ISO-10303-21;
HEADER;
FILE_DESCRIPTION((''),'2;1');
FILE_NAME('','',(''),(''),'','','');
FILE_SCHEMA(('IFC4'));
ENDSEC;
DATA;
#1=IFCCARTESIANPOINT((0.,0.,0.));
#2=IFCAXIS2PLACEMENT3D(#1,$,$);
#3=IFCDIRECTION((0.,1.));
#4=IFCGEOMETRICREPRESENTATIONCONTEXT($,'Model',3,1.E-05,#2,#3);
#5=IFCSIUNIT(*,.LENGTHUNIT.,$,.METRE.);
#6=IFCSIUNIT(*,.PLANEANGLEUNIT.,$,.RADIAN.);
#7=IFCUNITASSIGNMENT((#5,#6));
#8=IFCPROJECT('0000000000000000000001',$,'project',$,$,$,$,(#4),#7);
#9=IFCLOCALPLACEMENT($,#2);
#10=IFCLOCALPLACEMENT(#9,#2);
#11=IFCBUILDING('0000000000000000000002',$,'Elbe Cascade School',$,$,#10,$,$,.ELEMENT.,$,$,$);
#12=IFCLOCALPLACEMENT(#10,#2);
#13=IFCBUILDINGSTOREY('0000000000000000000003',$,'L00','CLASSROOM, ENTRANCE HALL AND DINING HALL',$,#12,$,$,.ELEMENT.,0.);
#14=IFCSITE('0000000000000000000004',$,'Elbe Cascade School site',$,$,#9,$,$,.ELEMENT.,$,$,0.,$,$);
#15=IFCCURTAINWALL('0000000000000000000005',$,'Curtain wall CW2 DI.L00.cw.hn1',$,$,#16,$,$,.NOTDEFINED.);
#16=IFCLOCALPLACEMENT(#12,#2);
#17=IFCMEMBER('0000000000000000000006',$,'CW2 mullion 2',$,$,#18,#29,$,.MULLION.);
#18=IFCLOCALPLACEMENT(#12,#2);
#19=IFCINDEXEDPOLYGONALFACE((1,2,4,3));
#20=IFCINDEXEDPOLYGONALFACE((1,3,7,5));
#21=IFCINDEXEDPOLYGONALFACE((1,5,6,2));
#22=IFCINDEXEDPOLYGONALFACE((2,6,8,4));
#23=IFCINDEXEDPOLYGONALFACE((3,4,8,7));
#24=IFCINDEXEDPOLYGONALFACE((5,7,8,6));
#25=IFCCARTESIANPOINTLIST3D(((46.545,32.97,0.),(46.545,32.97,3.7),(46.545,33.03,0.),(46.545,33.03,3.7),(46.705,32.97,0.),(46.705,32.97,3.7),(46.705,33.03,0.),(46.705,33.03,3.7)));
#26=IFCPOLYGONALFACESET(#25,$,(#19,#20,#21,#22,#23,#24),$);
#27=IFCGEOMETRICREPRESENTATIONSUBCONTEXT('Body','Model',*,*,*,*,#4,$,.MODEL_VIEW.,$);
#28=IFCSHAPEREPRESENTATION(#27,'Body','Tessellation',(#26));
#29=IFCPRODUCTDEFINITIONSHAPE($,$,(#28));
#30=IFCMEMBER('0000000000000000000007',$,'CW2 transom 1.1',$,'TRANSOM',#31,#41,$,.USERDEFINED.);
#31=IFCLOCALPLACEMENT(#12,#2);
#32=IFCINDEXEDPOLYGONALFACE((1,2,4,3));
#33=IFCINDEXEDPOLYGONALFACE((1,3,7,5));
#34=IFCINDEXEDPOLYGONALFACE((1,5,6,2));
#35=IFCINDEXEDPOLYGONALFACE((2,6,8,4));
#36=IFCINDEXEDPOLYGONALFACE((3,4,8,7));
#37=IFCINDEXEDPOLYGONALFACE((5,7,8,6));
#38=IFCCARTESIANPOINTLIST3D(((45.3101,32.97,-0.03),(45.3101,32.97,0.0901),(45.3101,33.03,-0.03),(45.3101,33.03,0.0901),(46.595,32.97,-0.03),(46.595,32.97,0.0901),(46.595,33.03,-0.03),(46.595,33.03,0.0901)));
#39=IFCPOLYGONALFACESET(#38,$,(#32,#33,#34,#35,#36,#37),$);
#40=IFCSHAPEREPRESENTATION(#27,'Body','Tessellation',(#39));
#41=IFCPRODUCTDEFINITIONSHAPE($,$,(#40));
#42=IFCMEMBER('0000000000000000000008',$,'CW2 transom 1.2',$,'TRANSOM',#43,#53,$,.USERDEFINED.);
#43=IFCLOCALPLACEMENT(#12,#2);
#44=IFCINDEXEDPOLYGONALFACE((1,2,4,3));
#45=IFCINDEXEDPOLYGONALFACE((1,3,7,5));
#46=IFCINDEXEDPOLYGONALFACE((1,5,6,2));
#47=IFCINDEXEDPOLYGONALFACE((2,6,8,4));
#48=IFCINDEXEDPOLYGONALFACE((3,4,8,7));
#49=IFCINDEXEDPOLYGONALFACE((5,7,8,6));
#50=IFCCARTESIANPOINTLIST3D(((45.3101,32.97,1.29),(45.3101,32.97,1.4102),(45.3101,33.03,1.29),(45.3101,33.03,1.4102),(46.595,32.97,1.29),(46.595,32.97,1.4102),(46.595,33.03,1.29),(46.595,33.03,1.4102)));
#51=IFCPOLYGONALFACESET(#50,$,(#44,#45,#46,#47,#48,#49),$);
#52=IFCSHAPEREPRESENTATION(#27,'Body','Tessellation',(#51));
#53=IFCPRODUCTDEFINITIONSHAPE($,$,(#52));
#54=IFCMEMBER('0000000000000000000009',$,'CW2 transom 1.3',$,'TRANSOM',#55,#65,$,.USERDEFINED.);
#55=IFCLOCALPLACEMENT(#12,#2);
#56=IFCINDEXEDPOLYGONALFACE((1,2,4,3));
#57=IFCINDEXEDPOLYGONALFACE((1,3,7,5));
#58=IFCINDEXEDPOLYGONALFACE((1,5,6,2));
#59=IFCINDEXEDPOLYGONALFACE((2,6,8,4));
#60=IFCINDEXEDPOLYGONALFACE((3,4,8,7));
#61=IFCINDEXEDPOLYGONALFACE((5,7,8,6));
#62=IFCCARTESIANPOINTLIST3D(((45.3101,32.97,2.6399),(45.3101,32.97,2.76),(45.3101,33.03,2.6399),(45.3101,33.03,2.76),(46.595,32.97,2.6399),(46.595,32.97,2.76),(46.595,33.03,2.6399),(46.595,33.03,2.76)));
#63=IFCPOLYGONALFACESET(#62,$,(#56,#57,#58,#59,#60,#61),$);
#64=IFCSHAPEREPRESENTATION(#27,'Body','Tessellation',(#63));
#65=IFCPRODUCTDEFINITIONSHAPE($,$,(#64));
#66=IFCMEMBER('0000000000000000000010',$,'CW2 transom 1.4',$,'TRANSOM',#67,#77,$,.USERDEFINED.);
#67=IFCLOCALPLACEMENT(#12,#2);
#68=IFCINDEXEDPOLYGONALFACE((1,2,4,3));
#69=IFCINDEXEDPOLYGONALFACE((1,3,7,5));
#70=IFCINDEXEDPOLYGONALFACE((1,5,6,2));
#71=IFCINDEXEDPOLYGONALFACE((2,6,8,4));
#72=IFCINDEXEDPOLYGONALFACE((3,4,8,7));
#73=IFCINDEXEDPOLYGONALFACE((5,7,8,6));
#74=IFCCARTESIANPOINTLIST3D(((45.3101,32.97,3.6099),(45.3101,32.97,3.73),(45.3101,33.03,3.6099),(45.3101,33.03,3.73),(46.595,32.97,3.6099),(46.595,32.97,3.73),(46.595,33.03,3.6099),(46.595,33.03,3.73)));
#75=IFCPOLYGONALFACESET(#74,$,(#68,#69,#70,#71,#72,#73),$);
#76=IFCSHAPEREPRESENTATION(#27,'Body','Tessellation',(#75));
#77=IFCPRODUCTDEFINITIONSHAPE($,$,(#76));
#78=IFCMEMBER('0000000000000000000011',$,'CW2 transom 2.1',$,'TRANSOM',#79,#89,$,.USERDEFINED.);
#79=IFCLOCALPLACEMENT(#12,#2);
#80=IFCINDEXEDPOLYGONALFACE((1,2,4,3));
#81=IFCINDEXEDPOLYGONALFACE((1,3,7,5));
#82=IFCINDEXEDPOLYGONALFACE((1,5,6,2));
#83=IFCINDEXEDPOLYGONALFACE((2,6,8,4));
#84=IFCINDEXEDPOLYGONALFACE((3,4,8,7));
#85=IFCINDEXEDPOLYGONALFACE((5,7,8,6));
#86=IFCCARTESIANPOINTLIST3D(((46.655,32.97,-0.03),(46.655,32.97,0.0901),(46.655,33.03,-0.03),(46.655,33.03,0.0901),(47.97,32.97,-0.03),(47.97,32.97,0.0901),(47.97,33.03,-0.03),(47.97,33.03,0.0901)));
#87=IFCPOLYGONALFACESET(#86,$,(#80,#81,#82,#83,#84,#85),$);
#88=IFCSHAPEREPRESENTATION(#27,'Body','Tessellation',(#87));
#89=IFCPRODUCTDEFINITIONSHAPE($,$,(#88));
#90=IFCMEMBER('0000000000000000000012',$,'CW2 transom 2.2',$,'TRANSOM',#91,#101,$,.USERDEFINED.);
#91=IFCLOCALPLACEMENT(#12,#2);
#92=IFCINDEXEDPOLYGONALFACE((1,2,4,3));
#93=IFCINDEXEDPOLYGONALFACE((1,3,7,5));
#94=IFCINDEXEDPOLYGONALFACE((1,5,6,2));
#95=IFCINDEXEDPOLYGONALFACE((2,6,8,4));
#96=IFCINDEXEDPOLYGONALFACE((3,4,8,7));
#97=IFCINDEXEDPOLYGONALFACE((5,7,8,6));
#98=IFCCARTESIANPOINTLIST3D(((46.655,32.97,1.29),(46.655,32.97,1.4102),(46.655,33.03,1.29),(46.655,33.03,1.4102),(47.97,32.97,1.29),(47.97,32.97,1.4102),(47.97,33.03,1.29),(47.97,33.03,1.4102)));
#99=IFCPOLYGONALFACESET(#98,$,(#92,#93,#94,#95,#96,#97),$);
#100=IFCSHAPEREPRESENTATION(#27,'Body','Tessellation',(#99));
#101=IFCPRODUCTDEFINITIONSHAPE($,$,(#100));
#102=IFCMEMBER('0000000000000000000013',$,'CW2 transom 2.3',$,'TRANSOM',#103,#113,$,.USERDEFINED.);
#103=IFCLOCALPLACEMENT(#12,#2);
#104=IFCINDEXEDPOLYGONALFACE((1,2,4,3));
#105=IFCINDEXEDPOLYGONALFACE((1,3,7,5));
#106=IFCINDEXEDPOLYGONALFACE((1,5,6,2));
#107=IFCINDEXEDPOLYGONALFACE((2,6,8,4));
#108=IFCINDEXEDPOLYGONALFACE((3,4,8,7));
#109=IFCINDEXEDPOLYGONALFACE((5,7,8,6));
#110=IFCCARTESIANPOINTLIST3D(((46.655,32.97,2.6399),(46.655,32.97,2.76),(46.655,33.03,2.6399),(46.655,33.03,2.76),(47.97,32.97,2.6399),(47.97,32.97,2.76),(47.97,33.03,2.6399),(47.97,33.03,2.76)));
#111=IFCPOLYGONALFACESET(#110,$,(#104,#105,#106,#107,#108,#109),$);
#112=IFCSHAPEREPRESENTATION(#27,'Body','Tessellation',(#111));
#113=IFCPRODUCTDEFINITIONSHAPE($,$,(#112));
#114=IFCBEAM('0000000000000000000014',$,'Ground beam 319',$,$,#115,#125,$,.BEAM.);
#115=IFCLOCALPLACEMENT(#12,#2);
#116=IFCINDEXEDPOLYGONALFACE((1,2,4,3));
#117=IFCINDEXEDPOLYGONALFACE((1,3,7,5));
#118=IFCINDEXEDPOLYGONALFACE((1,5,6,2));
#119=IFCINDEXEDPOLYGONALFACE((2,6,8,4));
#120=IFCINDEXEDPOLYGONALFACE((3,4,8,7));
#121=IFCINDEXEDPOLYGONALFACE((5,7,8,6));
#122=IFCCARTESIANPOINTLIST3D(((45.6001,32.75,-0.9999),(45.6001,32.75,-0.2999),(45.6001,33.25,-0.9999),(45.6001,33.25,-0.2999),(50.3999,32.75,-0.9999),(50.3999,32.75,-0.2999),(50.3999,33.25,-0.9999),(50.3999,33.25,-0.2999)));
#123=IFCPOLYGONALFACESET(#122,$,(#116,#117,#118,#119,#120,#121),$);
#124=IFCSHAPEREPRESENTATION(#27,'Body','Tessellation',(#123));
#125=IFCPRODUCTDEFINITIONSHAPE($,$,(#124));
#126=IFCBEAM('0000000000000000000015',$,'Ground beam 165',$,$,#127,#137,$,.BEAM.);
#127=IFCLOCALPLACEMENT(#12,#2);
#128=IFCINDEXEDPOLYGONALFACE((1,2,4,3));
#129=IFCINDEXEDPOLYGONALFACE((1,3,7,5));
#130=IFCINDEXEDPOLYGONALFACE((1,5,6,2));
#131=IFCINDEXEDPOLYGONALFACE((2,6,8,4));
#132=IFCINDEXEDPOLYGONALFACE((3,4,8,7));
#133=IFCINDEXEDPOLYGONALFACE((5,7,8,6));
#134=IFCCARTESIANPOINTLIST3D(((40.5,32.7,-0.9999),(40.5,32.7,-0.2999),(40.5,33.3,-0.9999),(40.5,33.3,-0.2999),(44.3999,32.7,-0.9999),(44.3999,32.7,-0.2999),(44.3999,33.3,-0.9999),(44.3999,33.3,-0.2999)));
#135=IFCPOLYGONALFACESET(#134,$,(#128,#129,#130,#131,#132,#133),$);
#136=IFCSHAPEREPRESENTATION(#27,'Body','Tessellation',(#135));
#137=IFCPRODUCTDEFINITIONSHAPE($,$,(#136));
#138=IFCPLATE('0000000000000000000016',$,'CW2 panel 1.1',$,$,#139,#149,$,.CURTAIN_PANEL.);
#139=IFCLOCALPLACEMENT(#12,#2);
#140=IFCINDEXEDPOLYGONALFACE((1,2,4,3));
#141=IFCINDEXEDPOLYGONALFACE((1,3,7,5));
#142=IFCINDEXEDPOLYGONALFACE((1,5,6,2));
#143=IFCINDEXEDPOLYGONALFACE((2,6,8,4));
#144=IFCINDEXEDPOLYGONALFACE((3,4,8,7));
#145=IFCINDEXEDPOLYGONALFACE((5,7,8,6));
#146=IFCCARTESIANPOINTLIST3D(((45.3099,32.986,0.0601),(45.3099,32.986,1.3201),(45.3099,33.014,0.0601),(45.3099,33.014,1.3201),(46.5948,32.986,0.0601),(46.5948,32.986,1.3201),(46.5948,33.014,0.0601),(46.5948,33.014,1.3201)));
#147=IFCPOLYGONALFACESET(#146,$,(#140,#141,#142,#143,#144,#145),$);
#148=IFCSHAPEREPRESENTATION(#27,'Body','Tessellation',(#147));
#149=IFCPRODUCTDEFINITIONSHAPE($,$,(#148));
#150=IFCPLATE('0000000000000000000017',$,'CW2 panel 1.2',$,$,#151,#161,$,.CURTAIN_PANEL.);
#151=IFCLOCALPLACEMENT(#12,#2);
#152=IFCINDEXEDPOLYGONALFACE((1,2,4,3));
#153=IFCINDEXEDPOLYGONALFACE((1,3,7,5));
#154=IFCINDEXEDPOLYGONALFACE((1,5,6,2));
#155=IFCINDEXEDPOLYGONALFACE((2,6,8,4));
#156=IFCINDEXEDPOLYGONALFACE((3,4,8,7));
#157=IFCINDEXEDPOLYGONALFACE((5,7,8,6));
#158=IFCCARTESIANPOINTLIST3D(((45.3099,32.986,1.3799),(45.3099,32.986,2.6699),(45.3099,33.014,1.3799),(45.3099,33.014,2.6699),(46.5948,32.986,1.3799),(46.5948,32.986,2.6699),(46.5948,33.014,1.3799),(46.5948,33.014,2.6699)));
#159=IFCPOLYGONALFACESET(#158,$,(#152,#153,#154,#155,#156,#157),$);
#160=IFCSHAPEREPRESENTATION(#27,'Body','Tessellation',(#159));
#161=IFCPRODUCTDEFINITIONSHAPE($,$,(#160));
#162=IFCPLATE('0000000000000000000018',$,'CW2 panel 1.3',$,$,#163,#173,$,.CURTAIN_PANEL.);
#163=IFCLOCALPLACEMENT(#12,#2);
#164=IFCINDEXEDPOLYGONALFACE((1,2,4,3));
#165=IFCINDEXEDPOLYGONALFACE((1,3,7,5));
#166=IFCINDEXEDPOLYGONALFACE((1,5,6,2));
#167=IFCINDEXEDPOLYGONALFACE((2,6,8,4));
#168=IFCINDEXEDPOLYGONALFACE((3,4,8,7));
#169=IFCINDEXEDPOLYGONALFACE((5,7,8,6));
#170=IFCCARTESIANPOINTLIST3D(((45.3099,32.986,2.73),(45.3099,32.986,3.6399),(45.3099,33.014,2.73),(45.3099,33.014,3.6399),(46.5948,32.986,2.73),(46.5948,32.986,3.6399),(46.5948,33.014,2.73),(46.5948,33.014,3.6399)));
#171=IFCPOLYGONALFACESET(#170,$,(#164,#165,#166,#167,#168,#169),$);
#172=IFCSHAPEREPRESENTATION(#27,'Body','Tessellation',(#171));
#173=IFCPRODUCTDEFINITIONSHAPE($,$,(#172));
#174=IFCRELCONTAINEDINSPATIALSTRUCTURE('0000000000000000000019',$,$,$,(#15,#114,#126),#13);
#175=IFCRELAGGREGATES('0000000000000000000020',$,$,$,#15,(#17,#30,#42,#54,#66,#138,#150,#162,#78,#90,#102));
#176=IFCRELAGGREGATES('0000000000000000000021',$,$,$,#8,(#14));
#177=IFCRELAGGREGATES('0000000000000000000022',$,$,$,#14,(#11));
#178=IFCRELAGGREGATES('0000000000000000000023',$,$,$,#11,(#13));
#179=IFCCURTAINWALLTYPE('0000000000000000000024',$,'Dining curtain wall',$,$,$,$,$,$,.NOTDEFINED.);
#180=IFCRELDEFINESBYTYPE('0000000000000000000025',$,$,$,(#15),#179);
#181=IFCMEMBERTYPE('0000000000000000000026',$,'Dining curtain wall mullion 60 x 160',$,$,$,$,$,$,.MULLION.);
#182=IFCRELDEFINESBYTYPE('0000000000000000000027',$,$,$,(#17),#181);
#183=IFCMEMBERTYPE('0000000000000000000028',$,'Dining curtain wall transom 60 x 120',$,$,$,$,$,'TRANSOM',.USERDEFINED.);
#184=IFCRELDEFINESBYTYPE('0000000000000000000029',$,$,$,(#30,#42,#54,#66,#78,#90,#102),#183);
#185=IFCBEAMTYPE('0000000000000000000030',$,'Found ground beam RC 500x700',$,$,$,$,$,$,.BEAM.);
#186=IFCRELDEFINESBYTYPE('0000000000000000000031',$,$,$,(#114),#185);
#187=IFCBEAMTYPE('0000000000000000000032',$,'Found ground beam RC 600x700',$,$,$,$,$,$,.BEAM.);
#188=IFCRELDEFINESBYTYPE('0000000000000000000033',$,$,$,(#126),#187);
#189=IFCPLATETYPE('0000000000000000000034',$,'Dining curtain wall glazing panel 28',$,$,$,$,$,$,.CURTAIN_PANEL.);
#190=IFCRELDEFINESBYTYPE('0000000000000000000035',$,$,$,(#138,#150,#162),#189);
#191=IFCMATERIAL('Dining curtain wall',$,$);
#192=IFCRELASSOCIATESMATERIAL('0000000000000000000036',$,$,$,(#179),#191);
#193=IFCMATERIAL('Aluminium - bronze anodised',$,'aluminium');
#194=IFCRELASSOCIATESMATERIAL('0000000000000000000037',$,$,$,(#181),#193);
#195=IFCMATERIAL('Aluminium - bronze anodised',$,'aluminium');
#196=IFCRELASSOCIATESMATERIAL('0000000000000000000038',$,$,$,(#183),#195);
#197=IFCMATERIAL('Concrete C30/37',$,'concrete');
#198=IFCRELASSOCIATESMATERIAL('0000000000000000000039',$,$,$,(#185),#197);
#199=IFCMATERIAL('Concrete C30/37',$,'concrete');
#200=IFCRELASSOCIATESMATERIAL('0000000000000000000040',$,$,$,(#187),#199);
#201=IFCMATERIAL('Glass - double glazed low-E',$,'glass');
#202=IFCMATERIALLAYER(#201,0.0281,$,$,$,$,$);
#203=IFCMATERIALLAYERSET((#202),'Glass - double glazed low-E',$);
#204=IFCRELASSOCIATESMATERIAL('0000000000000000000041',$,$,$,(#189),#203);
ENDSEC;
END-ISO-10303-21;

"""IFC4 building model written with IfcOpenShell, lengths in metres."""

from ifc_helpers import new_model, si_unit, direction, frame, origin, origin_2d, place, context, subcontext, project, spatial, rectangle, extrude, material, layer, layer_set, material_profile, profile_set, type_object, element, aggregate, save


model = new_model("IFC4")

# Units and contexts
model_context = context("Model", 3, precision=1e-05, world=origin(), true_north=direction((0.0, 1.0)))
body_context = subcontext(model_context, "Body", "Model", "MODEL_VIEW")
ifc_project = project(units=[si_unit("LENGTHUNIT", "METRE"), si_unit("PLANEANGLEUNIT", "RADIAN")], contexts=[model_context])

# Site, building, storey
site_placement = place(None, origin())
site = spatial("IfcSite", under=ifc_project, at=site_placement, Name="Elbe Cascade School site", CompositionType="ELEMENT", RefElevation=0.0)
building_placement = place(site_placement, origin())
building = spatial("IfcBuilding", under=site, at=building_placement, Name="Elbe Cascade School", CompositionType="ELEMENT")
storey_placement = place(building_placement, origin())
storey = spatial("IfcBuildingStorey", under=building, at=storey_placement, Name="L00", Description="CLASSROOM, ENTRANCE HALL AND DINING HALL", CompositionType="ELEMENT", Elevation=0.0)

# Curtain wall, members
ifc_material_1 = material(Name="Dining curtain wall")
curtain_wall_type = type_object("IfcCurtainWallType", Name="Dining curtain wall", PredefinedType="NOTDEFINED", material=ifc_material_1)
curtain_wall_placement = place(storey_placement, origin())
curtain_wall = element("IfcCurtainWall", 1, at=curtain_wall_placement, inside=storey, type_object=curtain_wall_type, Name="Curtain wall CW2 DI.L00.cw.hn1", PredefinedType="NOTDEFINED")
ifc_material_2 = material(Name="Aluminium - bronze anodised", Category="aluminium")
ifc_material_profile_1 = material_profile(ifc_material_2, rectangle(XDim=0.0601, YDim=0.1599, at=origin_2d()), Name="RECT 60x160")
ifc_profile_set_1 = profile_set([ifc_material_profile_1], Name="Aluminium - bronze anodised")
member_type_1 = type_object("IfcMemberType", Name="Dining curtain wall mullion 60 x 160", PredefinedType="MULLION", material=ifc_profile_set_1)
member_1_placement = place(storey_placement, frame((46.625, 33.0, 0.0), z_axis=(0.0, 0.0, 1.0), x_axis=(0.0, 1.0, 0.0)))
member_1 = element("IfcMember", 2, at=member_1_placement, type_object=member_type_1, Name="CW2 mullion 2", PredefinedType="MULLION", context=body_context, shape_type="SweptSolid", body=[
    extrude(rectangle(XDim=0.0601, YDim=0.1599, at=origin_2d()), origin(), (0.0, 0.0, 1.0), 3.7),
])
ifc_material_3 = material(Name="Aluminium - bronze anodised", Category="aluminium")
ifc_material_profile_2 = material_profile(ifc_material_3, rectangle(XDim=0.0601, YDim=0.1201, at=origin_2d()), Name="RECT 60x120")
ifc_profile_set_2 = profile_set([ifc_material_profile_2], Name="Aluminium - bronze anodised")
member_type_2 = type_object("IfcMemberType", Name="Dining curtain wall transom 60 x 120", ElementType="TRANSOM", PredefinedType="USERDEFINED", material=ifc_profile_set_2)
member_2_placement = place(storey_placement, frame((45.3101, 33.0, 0.03), z_axis=(1.0, 0.0, 0.0), x_axis=(0.0, 1.0, 0.0)))
member_2 = element("IfcMember", 3, at=member_2_placement, type_object=member_type_2, Name="CW2 transom 1.1", ObjectType="TRANSOM", PredefinedType="USERDEFINED", context=body_context, shape_type="SweptSolid", body=[
    extrude(rectangle(XDim=0.0601, YDim=0.1201, at=origin_2d()), origin(), (0.0, 0.0, 1.0), 1.2849),
])
member_3_placement = place(storey_placement, frame((45.3101, 33.0, 1.3501), z_axis=(1.0, 0.0, 0.0), x_axis=(0.0, 1.0, 0.0)))
member_3 = element("IfcMember", 4, at=member_3_placement, type_object=member_type_2, Name="CW2 transom 1.2", ObjectType="TRANSOM", PredefinedType="USERDEFINED", context=body_context, shape_type="SweptSolid", body=[
    extrude(rectangle(XDim=0.0601, YDim=0.1201, at=origin_2d()), origin(), (0.0, 0.0, 1.0), 1.2849),
])
member_4_placement = place(storey_placement, frame((45.3101, 33.0, 2.7), z_axis=(1.0, 0.0, 0.0), x_axis=(0.0, 1.0, 0.0)))
member_4 = element("IfcMember", 5, at=member_4_placement, type_object=member_type_2, Name="CW2 transom 1.3", ObjectType="TRANSOM", PredefinedType="USERDEFINED", context=body_context, shape_type="SweptSolid", body=[
    extrude(rectangle(XDim=0.0601, YDim=0.1201, at=origin_2d()), origin(), (0.0, 0.0, 1.0), 1.2849),
])
member_5_placement = place(storey_placement, frame((45.3101, 33.0, 3.6699), z_axis=(1.0, 0.0, 0.0), x_axis=(0.0, 1.0, 0.0)))
member_5 = element("IfcMember", 6, at=member_5_placement, type_object=member_type_2, Name="CW2 transom 1.4", ObjectType="TRANSOM", PredefinedType="USERDEFINED", context=body_context, shape_type="SweptSolid", body=[
    extrude(rectangle(XDim=0.0601, YDim=0.1201, at=origin_2d()), origin(), (0.0, 0.0, 1.0), 1.2849),
])
member_6_placement = place(storey_placement, frame((46.655, 33.0, 0.03), z_axis=(1.0, 0.0, 0.0), x_axis=(0.0, 1.0, 0.0)))
member_6 = element("IfcMember", 7, at=member_6_placement, type_object=member_type_2, Name="CW2 transom 2.1", ObjectType="TRANSOM", PredefinedType="USERDEFINED", context=body_context, shape_type="SweptSolid", body=[
    extrude(rectangle(XDim=0.0601, YDim=0.1201, at=origin_2d()), origin(), (0.0, 0.0, 1.0), 1.3149),
])
member_7_placement = place(storey_placement, frame((46.655, 33.0, 1.3501), z_axis=(1.0, 0.0, 0.0), x_axis=(0.0, 1.0, 0.0)))
member_7 = element("IfcMember", 8, at=member_7_placement, type_object=member_type_2, Name="CW2 transom 2.2", ObjectType="TRANSOM", PredefinedType="USERDEFINED", context=body_context, shape_type="SweptSolid", body=[
    extrude(rectangle(XDim=0.0601, YDim=0.1201, at=origin_2d()), origin(), (0.0, 0.0, 1.0), 1.3149),
])
member_8_placement = place(storey_placement, frame((46.655, 33.0, 2.7), z_axis=(1.0, 0.0, 0.0), x_axis=(0.0, 1.0, 0.0)))
member_8 = element("IfcMember", 9, at=member_8_placement, type_object=member_type_2, Name="CW2 transom 2.3", ObjectType="TRANSOM", PredefinedType="USERDEFINED", context=body_context, shape_type="SweptSolid", body=[
    extrude(rectangle(XDim=0.0601, YDim=0.1201, at=origin_2d()), origin(), (0.0, 0.0, 1.0), 1.3149),
])

# Beams
ifc_material_4 = material(Name="Concrete C30/37", Category="concrete")
ifc_material_profile_3 = material_profile(ifc_material_4, rectangle(XDim=0.5, YDim=0.7, at=origin_2d()), Name="RC 500x700")
ifc_profile_set_3 = profile_set([ifc_material_profile_3], Name="Concrete C30/37")
beam_type_1 = type_object("IfcBeamType", Name="Found ground beam RC 500x700", PredefinedType="BEAM", material=ifc_profile_set_3)
beam_1_placement = place(storey_placement, frame((45.6001, 33.0, -0.6499), z_axis=(1.0, 0.0, 0.0), x_axis=(0.0, 1.0, 0.0)))
element("IfcBeam", 10, at=beam_1_placement, inside=storey, type_object=beam_type_1, Name="Ground beam 319", PredefinedType="BEAM", context=body_context, shape_type="SweptSolid", body=[
    extrude(rectangle(XDim=0.5, YDim=0.7, at=origin_2d()), origin(), (0.0, 0.0, 1.0), 4.7998),
])
ifc_material_5 = material(Name="Concrete C30/37", Category="concrete")
ifc_material_profile_4 = material_profile(ifc_material_5, rectangle(XDim=0.6001, YDim=0.7, at=origin_2d()), Name="RC 600x700")
ifc_profile_set_4 = profile_set([ifc_material_profile_4], Name="Concrete C30/37")
beam_type_2 = type_object("IfcBeamType", Name="Found ground beam RC 600x700", PredefinedType="BEAM", material=ifc_profile_set_4)
beam_2_placement = place(storey_placement, frame((40.5, 33.0, -0.6499), z_axis=(1.0, 0.0, 0.0), x_axis=(0.0, 1.0, 0.0)))
element("IfcBeam", 11, at=beam_2_placement, inside=storey, type_object=beam_type_2, Name="Ground beam 165", PredefinedType="BEAM", context=body_context, shape_type="SweptSolid", body=[
    extrude(rectangle(XDim=0.6001, YDim=0.7, at=origin_2d()), origin(), (0.0, 0.0, 1.0), 3.8999),
])

# Plates
ifc_material_6 = material(Name="Glass - double glazed low-E", Category="glass")
ifc_layer_1 = layer(ifc_material_6, 0.0281)
ifc_layer_set_1 = layer_set([ifc_layer_1], Name="Glass - double glazed low-E")
plate_type = type_object("IfcPlateType", Name="Dining curtain wall glazing panel 28", PredefinedType="CURTAIN_PANEL", material=ifc_layer_set_1)
plate_1_placement = place(storey_placement, frame((45.9524, 33.0, 0.0601), z_axis=(0.0, 0.0, 1.0), x_axis=(1.0, 0.0, 0.0)))
plate_1 = element("IfcPlate", 12, at=plate_1_placement, type_object=plate_type, Name="CW2 panel 1.1", PredefinedType="CURTAIN_PANEL", context=body_context, shape_type="SweptSolid", body=[
    extrude(rectangle(XDim=1.2849, YDim=0.0281, at=origin_2d()), origin(), (0.0, 0.0, 1.0), 1.26),
])
plate_2_placement = place(storey_placement, frame((45.9524, 33.0, 1.3799), z_axis=(0.0, 0.0, 1.0), x_axis=(1.0, 0.0, 0.0)))
plate_2 = element("IfcPlate", 13, at=plate_2_placement, type_object=plate_type, Name="CW2 panel 1.2", PredefinedType="CURTAIN_PANEL", context=body_context, shape_type="SweptSolid", body=[
    extrude(rectangle(XDim=1.2849, YDim=0.0281, at=origin_2d()), origin(), (0.0, 0.0, 1.0), 1.29),
])
plate_3_placement = place(storey_placement, frame((45.9524, 33.0, 2.73), z_axis=(0.0, 0.0, 1.0), x_axis=(1.0, 0.0, 0.0)))
plate_3 = element("IfcPlate", 14, at=plate_3_placement, type_object=plate_type, Name="CW2 panel 1.3", PredefinedType="CURTAIN_PANEL", context=body_context, shape_type="SweptSolid", body=[
    extrude(rectangle(XDim=1.2849, YDim=0.0281, at=origin_2d()), origin(), (0.0, 0.0, 1.0), 0.9099),
])
aggregate(curtain_wall, [member_1, member_2, member_3, member_4, member_5, plate_1, plate_2, plate_3, member_6, member_7, member_8])

save(model, "model.ifc")
